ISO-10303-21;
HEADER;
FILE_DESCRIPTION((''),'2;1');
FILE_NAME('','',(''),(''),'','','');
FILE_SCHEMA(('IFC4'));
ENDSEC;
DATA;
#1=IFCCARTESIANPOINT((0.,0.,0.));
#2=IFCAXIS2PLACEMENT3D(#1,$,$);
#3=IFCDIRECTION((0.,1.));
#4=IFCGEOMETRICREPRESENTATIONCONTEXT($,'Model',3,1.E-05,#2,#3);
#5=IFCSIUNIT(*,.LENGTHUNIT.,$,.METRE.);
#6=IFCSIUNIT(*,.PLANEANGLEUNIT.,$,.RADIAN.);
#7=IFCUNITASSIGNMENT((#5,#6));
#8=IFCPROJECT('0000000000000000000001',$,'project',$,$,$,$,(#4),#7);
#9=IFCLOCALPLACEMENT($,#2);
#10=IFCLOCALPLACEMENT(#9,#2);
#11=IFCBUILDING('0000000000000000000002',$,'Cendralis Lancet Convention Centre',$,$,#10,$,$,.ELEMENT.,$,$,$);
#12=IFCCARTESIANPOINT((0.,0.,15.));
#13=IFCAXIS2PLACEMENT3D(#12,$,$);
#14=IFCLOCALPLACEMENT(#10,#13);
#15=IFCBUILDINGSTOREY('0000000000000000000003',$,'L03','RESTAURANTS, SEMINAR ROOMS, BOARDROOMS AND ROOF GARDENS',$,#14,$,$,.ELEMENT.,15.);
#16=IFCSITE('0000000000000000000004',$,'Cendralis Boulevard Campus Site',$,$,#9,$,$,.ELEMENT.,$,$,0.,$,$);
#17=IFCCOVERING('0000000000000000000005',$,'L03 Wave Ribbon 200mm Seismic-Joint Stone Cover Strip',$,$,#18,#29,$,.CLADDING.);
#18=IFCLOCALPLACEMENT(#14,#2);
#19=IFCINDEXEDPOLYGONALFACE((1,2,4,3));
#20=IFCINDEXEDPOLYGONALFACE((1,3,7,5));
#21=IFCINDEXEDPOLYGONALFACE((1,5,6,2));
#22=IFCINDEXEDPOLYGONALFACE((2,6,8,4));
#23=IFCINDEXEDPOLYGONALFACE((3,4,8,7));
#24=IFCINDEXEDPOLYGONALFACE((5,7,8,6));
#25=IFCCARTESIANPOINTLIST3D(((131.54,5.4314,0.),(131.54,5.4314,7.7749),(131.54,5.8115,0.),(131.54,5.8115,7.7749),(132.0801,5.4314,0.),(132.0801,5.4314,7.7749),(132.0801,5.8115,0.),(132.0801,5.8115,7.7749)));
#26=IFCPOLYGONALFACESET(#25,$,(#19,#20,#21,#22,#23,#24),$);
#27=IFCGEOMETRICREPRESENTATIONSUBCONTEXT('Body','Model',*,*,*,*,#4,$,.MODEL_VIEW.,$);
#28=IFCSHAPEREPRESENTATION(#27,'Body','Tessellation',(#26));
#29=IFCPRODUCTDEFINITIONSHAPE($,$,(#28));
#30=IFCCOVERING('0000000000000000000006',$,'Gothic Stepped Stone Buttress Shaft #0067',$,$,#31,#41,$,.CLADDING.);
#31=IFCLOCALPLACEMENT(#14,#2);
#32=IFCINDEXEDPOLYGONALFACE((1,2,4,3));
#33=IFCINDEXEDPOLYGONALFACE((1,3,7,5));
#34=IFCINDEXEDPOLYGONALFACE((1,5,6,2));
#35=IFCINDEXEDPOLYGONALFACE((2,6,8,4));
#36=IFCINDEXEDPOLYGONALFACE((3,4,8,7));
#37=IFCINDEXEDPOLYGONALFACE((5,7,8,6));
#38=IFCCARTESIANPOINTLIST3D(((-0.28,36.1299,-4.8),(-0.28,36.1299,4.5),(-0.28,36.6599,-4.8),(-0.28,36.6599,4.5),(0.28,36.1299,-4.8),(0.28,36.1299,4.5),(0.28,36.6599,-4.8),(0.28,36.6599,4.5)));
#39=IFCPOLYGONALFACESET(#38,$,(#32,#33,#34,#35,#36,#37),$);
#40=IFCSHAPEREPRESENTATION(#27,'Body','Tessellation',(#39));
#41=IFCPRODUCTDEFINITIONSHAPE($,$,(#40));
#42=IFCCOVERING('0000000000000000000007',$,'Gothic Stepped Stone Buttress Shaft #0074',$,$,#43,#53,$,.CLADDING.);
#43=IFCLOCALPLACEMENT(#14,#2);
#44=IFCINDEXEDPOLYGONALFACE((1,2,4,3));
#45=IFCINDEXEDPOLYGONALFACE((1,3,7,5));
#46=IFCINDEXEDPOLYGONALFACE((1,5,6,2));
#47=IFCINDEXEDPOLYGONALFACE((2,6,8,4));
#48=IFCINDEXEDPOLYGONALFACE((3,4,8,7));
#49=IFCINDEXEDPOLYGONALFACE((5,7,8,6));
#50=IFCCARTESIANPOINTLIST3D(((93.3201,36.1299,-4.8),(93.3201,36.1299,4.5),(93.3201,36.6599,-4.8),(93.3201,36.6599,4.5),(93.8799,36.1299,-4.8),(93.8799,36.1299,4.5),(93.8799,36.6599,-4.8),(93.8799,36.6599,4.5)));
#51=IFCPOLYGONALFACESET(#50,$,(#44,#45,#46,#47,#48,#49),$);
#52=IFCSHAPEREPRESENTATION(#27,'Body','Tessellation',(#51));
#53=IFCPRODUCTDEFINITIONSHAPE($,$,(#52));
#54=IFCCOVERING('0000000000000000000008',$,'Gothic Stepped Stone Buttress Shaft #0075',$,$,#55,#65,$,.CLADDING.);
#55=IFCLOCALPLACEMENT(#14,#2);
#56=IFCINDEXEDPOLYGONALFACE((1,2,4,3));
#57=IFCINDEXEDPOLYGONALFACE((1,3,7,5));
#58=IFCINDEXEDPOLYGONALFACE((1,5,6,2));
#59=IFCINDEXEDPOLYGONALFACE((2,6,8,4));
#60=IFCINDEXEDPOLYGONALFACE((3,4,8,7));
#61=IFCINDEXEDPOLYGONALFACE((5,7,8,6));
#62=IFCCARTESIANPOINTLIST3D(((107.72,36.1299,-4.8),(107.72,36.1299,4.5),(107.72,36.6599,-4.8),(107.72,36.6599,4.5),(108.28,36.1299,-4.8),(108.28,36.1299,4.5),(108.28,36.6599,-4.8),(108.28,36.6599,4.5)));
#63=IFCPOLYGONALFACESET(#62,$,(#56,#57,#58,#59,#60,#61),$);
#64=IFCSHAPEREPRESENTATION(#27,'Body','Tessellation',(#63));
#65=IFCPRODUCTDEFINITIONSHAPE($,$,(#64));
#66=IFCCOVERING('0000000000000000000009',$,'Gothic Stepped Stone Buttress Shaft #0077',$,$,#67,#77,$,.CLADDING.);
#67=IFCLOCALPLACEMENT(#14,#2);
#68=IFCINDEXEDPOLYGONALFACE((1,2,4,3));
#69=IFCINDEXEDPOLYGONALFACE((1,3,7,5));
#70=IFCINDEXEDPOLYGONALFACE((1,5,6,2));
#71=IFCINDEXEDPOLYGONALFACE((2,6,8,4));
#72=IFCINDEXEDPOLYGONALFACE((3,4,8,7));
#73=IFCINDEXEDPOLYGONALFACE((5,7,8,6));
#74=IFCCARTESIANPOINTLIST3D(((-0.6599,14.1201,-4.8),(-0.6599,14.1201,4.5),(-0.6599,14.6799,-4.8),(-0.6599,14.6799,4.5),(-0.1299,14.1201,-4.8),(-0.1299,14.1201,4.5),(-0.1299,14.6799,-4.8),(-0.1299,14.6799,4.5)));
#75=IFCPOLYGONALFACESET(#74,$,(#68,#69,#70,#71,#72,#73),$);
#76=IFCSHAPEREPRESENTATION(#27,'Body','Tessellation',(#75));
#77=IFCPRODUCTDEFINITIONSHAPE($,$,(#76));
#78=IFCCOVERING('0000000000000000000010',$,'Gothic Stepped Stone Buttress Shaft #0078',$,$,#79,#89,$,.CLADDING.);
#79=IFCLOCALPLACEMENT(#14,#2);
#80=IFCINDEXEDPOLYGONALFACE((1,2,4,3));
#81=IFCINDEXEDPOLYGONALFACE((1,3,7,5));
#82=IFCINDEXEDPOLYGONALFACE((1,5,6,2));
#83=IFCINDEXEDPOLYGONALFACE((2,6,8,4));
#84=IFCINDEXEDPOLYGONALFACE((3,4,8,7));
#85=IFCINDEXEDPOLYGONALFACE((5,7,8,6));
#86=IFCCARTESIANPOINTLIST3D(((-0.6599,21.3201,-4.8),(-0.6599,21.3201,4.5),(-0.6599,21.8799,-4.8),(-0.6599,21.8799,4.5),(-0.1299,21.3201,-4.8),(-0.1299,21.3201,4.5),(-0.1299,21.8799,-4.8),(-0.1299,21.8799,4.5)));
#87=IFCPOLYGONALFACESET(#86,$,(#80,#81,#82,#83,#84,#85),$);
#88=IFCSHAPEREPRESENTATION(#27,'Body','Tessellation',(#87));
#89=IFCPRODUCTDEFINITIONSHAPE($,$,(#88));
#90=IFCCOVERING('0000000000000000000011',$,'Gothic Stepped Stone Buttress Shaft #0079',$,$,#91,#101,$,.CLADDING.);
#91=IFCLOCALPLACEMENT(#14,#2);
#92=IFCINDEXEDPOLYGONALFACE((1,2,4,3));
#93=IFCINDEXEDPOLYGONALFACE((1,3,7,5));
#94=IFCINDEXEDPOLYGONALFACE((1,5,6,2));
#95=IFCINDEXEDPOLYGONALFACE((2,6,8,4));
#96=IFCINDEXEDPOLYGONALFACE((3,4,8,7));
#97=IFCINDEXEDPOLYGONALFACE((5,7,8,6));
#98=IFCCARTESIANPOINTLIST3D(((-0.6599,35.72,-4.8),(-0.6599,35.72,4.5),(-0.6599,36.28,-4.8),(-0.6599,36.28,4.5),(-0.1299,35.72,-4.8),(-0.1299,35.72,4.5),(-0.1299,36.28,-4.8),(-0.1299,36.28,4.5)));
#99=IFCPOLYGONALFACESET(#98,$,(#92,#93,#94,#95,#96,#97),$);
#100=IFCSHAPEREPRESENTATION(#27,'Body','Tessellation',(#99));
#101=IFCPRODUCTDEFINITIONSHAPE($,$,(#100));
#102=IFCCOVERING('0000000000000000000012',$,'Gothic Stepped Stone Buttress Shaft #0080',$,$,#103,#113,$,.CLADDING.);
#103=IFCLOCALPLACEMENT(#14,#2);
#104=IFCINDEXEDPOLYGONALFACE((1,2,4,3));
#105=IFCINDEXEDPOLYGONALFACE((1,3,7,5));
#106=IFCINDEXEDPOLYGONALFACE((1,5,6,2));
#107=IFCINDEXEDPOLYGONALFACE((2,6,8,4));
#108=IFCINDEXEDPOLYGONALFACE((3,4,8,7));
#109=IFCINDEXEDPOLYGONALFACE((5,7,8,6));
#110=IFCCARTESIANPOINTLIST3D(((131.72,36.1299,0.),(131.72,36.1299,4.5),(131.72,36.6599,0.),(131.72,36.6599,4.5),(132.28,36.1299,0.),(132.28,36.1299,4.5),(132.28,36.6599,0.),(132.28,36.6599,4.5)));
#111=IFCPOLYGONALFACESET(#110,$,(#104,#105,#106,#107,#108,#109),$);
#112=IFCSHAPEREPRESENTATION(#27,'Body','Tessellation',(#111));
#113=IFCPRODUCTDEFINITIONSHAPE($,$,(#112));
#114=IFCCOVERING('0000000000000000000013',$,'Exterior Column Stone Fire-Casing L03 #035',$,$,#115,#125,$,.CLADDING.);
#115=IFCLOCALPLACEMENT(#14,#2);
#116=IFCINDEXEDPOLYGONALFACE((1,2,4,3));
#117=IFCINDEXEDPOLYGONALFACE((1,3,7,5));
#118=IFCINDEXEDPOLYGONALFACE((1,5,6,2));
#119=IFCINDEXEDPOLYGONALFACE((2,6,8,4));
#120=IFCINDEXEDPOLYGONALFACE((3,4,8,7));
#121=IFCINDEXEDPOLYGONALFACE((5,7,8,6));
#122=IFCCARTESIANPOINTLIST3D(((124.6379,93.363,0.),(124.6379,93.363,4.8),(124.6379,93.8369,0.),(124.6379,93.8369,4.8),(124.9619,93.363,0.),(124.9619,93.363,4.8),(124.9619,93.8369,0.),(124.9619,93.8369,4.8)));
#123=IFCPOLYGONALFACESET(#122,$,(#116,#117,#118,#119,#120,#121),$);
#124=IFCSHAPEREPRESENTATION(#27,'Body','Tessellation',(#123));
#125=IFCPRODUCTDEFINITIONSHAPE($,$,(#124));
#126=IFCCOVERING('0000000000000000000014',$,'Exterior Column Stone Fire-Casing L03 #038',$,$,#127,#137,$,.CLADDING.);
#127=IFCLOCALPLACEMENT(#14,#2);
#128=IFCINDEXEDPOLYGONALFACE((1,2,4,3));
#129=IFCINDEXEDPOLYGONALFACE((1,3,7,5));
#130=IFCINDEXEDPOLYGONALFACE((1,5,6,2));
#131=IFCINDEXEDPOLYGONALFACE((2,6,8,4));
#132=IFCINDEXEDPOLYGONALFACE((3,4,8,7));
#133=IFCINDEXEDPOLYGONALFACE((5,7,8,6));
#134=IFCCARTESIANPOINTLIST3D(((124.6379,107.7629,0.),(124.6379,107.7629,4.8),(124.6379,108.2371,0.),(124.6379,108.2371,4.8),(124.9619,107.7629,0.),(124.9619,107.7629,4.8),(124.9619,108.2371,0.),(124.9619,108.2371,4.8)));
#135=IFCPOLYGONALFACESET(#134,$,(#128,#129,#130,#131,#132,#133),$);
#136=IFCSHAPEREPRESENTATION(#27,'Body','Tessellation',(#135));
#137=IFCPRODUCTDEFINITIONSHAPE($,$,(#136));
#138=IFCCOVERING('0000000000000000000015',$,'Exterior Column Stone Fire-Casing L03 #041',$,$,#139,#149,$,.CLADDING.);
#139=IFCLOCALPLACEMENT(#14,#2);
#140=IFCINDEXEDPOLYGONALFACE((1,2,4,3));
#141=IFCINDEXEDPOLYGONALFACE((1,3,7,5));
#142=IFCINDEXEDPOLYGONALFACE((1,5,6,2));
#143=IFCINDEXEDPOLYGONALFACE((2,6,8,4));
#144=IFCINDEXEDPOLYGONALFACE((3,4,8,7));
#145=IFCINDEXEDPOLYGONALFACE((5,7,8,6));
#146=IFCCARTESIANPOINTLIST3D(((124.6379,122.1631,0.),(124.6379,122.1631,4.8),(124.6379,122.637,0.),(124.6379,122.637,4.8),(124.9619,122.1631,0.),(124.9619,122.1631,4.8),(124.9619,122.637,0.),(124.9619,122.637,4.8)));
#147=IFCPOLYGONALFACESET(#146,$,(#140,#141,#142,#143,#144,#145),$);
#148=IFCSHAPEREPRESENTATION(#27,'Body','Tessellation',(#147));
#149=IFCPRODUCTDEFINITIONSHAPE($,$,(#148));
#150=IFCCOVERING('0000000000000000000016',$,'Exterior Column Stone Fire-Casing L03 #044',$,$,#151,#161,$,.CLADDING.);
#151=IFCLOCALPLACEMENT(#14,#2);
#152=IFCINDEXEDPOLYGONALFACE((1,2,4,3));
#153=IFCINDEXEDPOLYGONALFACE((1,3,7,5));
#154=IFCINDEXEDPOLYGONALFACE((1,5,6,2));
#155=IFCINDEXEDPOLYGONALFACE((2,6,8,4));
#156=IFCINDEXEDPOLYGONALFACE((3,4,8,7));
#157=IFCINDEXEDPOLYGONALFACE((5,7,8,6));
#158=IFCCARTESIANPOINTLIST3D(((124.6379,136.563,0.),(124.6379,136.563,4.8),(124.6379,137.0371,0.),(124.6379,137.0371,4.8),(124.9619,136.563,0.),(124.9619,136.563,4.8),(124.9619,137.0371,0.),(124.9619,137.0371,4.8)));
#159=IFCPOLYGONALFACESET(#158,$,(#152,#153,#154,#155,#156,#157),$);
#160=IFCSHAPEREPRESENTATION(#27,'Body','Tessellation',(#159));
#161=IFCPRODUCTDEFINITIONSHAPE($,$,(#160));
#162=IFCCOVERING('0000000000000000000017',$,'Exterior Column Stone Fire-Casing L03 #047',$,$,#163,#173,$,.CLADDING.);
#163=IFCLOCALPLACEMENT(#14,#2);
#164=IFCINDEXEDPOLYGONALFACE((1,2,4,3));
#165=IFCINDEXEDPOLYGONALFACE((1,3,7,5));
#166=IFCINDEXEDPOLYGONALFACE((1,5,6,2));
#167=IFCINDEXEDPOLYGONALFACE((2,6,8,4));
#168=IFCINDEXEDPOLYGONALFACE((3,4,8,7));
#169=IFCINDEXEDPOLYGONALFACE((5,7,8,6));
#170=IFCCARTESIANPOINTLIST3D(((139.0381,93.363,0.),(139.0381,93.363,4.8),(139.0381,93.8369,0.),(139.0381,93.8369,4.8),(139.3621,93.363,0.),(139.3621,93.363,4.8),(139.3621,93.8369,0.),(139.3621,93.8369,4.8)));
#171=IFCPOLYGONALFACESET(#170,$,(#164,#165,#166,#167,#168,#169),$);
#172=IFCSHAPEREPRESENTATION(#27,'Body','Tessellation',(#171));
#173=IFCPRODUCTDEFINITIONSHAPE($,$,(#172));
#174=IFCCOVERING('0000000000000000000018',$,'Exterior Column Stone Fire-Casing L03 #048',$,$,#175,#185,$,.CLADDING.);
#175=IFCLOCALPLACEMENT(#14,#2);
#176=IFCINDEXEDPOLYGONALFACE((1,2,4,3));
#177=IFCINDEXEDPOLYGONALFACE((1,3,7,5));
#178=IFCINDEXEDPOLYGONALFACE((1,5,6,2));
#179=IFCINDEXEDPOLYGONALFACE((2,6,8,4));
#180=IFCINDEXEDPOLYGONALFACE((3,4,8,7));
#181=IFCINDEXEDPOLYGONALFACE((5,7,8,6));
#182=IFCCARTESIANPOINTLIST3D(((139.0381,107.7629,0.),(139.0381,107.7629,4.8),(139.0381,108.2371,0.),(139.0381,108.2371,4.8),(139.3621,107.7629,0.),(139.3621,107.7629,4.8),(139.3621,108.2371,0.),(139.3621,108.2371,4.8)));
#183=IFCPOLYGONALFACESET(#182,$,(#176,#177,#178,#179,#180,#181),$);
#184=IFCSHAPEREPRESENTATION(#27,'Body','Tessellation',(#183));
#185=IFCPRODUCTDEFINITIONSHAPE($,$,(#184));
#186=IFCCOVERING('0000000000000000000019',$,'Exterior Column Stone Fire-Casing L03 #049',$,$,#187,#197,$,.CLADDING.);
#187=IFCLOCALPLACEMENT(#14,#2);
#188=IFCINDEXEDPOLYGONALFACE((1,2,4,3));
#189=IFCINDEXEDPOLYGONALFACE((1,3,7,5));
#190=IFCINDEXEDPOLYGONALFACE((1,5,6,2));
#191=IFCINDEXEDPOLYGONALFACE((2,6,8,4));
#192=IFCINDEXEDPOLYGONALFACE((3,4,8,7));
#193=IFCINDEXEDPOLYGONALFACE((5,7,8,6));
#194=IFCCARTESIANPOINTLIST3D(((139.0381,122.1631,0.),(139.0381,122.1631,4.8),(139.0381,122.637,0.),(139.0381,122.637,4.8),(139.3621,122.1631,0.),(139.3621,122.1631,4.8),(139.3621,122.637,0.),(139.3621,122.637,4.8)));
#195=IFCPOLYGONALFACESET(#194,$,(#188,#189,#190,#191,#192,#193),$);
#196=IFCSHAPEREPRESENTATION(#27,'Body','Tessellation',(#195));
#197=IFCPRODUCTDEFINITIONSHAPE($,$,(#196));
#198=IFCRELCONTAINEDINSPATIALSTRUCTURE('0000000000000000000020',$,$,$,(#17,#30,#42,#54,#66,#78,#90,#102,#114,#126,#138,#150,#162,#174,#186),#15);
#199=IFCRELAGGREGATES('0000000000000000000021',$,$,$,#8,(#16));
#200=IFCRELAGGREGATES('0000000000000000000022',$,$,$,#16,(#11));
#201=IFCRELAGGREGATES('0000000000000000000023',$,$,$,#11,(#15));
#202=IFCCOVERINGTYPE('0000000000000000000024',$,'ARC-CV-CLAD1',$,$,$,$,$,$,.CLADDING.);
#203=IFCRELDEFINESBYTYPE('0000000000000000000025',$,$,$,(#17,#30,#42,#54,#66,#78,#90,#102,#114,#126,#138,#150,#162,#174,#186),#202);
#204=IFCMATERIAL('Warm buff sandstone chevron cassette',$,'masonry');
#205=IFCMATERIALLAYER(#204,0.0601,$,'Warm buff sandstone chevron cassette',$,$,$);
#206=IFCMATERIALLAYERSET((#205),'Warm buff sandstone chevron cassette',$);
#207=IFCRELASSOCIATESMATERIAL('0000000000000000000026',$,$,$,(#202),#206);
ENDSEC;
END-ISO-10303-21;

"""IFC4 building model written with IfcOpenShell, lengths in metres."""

from ifc_helpers import new_model, si_unit, direction, frame, origin, place, context, subcontext, project, spatial, polyline, outline, extrude, material, layer, layer_set, type_object, element, save


model = new_model("IFC4")

# Units and contexts
model_context = context("Model", 3, precision=1e-05, world=origin(), true_north=direction((0.0, 1.0)))
body_context = subcontext(model_context, "Body", "Model", "MODEL_VIEW")
ifc_project = project(units=[si_unit("LENGTHUNIT", "METRE"), si_unit("PLANEANGLEUNIT", "RADIAN")], contexts=[model_context])

# Site, building, storey
site_placement = place(None, origin())
site = spatial("IfcSite", under=ifc_project, at=site_placement, Name="Cendralis Boulevard Campus Site", CompositionType="ELEMENT", RefElevation=0.0)
building_placement = place(site_placement, origin())
building = spatial("IfcBuilding", under=site, at=building_placement, Name="Cendralis Lancet Convention Centre", CompositionType="ELEMENT")
storey_placement = place(building_placement, frame((0.0, 0.0, 15.0)))
storey = spatial("IfcBuildingStorey", under=building, at=storey_placement, Name="L03", Description="RESTAURANTS, SEMINAR ROOMS, BOARDROOMS AND ROOF GARDENS", CompositionType="ELEMENT", Elevation=15.0)

# Coverings
ifc_material_1 = material(Name="Warm buff sandstone chevron cassette", Category="masonry")
ifc_layer_1 = layer(ifc_material_1, 0.0601, Name="Warm buff sandstone chevron cassette")
ifc_layer_set_1 = layer_set([ifc_layer_1], Name="Warm buff sandstone chevron cassette")
covering_type = type_object("IfcCoveringType", Name="ARC-CV-CLAD1", PredefinedType="CLADDING", material=ifc_layer_set_1)
covering_1_placement = place(storey_placement, origin())
element("IfcCovering", 1, at=covering_1_placement, inside=storey, type_object=covering_type, Name="L03 Wave Ribbon 200mm Seismic-Joint Stone Cover Strip", PredefinedType="CLADDING", context=body_context, shape_type="SweptSolid", body=[
    extrude(outline(polyline([(131.54, 5.4314), (132.0801, 5.4314), (132.0801, 5.8115), (131.54, 5.8115), (131.54, 5.4314)])), origin(), (0.0, 0.0, 1.0), 7.7749),
])
covering_2_placement = place(storey_placement, frame((0.0, 0.0, -4.8)))
element("IfcCovering", 2, at=covering_2_placement, inside=storey, type_object=covering_type, Name="Gothic Stepped Stone Buttress Shaft #0067", PredefinedType="CLADDING", context=body_context, shape_type="SweptSolid", body=[
    extrude(outline(polyline([(0.28, 36.6599), (-0.28, 36.6599), (-0.28, 36.1299), (0.28, 36.1299), (0.28, 36.6599)])), origin(), (0.0, 0.0, 1.0), 9.3),
])
covering_3_placement = place(storey_placement, frame((0.0, 0.0, -4.8)))
element("IfcCovering", 3, at=covering_3_placement, inside=storey, type_object=covering_type, Name="Gothic Stepped Stone Buttress Shaft #0074", PredefinedType="CLADDING", context=body_context, shape_type="SweptSolid", body=[
    extrude(outline(polyline([(93.8799, 36.6599), (93.3201, 36.6599), (93.3201, 36.1299), (93.8799, 36.1299), (93.8799, 36.6599)])), origin(), (0.0, 0.0, 1.0), 9.3),
])
covering_4_placement = place(storey_placement, frame((0.0, 0.0, -4.8)))
element("IfcCovering", 4, at=covering_4_placement, inside=storey, type_object=covering_type, Name="Gothic Stepped Stone Buttress Shaft #0075", PredefinedType="CLADDING", context=body_context, shape_type="SweptSolid", body=[
    extrude(outline(polyline([(108.28, 36.6599), (107.72, 36.6599), (107.72, 36.1299), (108.28, 36.1299), (108.28, 36.6599)])), origin(), (0.0, 0.0, 1.0), 9.3),
])
covering_5_placement = place(storey_placement, frame((0.0, 0.0, -4.8)))
element("IfcCovering", 5, at=covering_5_placement, inside=storey, type_object=covering_type, Name="Gothic Stepped Stone Buttress Shaft #0077", PredefinedType="CLADDING", context=body_context, shape_type="SweptSolid", body=[
    extrude(outline(polyline([(-0.6599, 14.6799), (-0.6599, 14.1201), (-0.1299, 14.1201), (-0.1299, 14.6799), (-0.6599, 14.6799)])), origin(), (0.0, 0.0, 1.0), 9.3),
])
covering_6_placement = place(storey_placement, frame((0.0, 0.0, -4.8)))
element("IfcCovering", 6, at=covering_6_placement, inside=storey, type_object=covering_type, Name="Gothic Stepped Stone Buttress Shaft #0078", PredefinedType="CLADDING", context=body_context, shape_type="SweptSolid", body=[
    extrude(outline(polyline([(-0.6599, 21.8799), (-0.6599, 21.3201), (-0.1299, 21.3201), (-0.1299, 21.8799), (-0.6599, 21.8799)])), origin(), (0.0, 0.0, 1.0), 9.3),
])
covering_7_placement = place(storey_placement, frame((0.0, 0.0, -4.8)))
element("IfcCovering", 7, at=covering_7_placement, inside=storey, type_object=covering_type, Name="Gothic Stepped Stone Buttress Shaft #0079", PredefinedType="CLADDING", context=body_context, shape_type="SweptSolid", body=[
    extrude(outline(polyline([(-0.6599, 36.28), (-0.6599, 35.72), (-0.1299, 35.72), (-0.1299, 36.28), (-0.6599, 36.28)])), origin(), (0.0, 0.0, 1.0), 9.3),
])
covering_8_placement = place(storey_placement, origin())
element("IfcCovering", 8, at=covering_8_placement, inside=storey, type_object=covering_type, Name="Gothic Stepped Stone Buttress Shaft #0080", PredefinedType="CLADDING", context=body_context, shape_type="SweptSolid", body=[
    extrude(outline(polyline([(132.28, 36.6599), (131.72, 36.6599), (131.72, 36.1299), (132.28, 36.1299), (132.28, 36.6599)])), origin(), (0.0, 0.0, 1.0), 4.5),
])
covering_9_placement = place(storey_placement, origin())
element("IfcCovering", 9, at=covering_9_placement, inside=storey, type_object=covering_type, Name="Exterior Column Stone Fire-Casing L03 #035", PredefinedType="CLADDING", context=body_context, shape_type="SweptSolid", body=[
    extrude(outline(polyline([(124.6379, 93.363), (124.9619, 93.363), (124.9619, 93.8369), (124.6379, 93.8369), (124.6379, 93.363)])), origin(), (0.0, 0.0, 1.0), 4.8),
])
covering_10_placement = place(storey_placement, origin())
element("IfcCovering", 10, at=covering_10_placement, inside=storey, type_object=covering_type, Name="Exterior Column Stone Fire-Casing L03 #038", PredefinedType="CLADDING", context=body_context, shape_type="SweptSolid", body=[
    extrude(outline(polyline([(124.6379, 107.7629), (124.9619, 107.7629), (124.9619, 108.2371), (124.6379, 108.2371), (124.6379, 107.7629)])), origin(), (0.0, 0.0, 1.0), 4.8),
])
covering_11_placement = place(storey_placement, origin())
element("IfcCovering", 11, at=covering_11_placement, inside=storey, type_object=covering_type, Name="Exterior Column Stone Fire-Casing L03 #041", PredefinedType="CLADDING", context=body_context, shape_type="SweptSolid", body=[
    extrude(outline(polyline([(124.6379, 122.1631), (124.9619, 122.1631), (124.9619, 122.637), (124.6379, 122.637), (124.6379, 122.1631)])), origin(), (0.0, 0.0, 1.0), 4.8),
])
covering_12_placement = place(storey_placement, origin())
element("IfcCovering", 12, at=covering_12_placement, inside=storey, type_object=covering_type, Name="Exterior Column Stone Fire-Casing L03 #044", PredefinedType="CLADDING", context=body_context, shape_type="SweptSolid", body=[
    extrude(outline(polyline([(124.6379, 136.563), (124.9619, 136.563), (124.9619, 137.0371), (124.6379, 137.0371), (124.6379, 136.563)])), origin(), (0.0, 0.0, 1.0), 4.8),
])
covering_13_placement = place(storey_placement, origin())
element("IfcCovering", 13, at=covering_13_placement, inside=storey, type_object=covering_type, Name="Exterior Column Stone Fire-Casing L03 #047", PredefinedType="CLADDING", context=body_context, shape_type="SweptSolid", body=[
    extrude(outline(polyline([(139.0381, 93.363), (139.3621, 93.363), (139.3621, 93.8369), (139.0381, 93.8369), (139.0381, 93.363)])), origin(), (0.0, 0.0, 1.0), 4.8),
])
covering_14_placement = place(storey_placement, origin())
element("IfcCovering", 14, at=covering_14_placement, inside=storey, type_object=covering_type, Name="Exterior Column Stone Fire-Casing L03 #048", PredefinedType="CLADDING", context=body_context, shape_type="SweptSolid", body=[
    extrude(outline(polyline([(139.0381, 107.7629), (139.3621, 107.7629), (139.3621, 108.2371), (139.0381, 108.2371), (139.0381, 107.7629)])), origin(), (0.0, 0.0, 1.0), 4.8),
])
covering_15_placement = place(storey_placement, origin())
element("IfcCovering", 15, at=covering_15_placement, inside=storey, type_object=covering_type, Name="Exterior Column Stone Fire-Casing L03 #049", PredefinedType="CLADDING", context=body_context, shape_type="SweptSolid", body=[
    extrude(outline(polyline([(139.0381, 122.1631), (139.3621, 122.1631), (139.3621, 122.637), (139.0381, 122.637), (139.0381, 122.1631)])), origin(), (0.0, 0.0, 1.0), 4.8),
])

save(model, "model.ifc")
